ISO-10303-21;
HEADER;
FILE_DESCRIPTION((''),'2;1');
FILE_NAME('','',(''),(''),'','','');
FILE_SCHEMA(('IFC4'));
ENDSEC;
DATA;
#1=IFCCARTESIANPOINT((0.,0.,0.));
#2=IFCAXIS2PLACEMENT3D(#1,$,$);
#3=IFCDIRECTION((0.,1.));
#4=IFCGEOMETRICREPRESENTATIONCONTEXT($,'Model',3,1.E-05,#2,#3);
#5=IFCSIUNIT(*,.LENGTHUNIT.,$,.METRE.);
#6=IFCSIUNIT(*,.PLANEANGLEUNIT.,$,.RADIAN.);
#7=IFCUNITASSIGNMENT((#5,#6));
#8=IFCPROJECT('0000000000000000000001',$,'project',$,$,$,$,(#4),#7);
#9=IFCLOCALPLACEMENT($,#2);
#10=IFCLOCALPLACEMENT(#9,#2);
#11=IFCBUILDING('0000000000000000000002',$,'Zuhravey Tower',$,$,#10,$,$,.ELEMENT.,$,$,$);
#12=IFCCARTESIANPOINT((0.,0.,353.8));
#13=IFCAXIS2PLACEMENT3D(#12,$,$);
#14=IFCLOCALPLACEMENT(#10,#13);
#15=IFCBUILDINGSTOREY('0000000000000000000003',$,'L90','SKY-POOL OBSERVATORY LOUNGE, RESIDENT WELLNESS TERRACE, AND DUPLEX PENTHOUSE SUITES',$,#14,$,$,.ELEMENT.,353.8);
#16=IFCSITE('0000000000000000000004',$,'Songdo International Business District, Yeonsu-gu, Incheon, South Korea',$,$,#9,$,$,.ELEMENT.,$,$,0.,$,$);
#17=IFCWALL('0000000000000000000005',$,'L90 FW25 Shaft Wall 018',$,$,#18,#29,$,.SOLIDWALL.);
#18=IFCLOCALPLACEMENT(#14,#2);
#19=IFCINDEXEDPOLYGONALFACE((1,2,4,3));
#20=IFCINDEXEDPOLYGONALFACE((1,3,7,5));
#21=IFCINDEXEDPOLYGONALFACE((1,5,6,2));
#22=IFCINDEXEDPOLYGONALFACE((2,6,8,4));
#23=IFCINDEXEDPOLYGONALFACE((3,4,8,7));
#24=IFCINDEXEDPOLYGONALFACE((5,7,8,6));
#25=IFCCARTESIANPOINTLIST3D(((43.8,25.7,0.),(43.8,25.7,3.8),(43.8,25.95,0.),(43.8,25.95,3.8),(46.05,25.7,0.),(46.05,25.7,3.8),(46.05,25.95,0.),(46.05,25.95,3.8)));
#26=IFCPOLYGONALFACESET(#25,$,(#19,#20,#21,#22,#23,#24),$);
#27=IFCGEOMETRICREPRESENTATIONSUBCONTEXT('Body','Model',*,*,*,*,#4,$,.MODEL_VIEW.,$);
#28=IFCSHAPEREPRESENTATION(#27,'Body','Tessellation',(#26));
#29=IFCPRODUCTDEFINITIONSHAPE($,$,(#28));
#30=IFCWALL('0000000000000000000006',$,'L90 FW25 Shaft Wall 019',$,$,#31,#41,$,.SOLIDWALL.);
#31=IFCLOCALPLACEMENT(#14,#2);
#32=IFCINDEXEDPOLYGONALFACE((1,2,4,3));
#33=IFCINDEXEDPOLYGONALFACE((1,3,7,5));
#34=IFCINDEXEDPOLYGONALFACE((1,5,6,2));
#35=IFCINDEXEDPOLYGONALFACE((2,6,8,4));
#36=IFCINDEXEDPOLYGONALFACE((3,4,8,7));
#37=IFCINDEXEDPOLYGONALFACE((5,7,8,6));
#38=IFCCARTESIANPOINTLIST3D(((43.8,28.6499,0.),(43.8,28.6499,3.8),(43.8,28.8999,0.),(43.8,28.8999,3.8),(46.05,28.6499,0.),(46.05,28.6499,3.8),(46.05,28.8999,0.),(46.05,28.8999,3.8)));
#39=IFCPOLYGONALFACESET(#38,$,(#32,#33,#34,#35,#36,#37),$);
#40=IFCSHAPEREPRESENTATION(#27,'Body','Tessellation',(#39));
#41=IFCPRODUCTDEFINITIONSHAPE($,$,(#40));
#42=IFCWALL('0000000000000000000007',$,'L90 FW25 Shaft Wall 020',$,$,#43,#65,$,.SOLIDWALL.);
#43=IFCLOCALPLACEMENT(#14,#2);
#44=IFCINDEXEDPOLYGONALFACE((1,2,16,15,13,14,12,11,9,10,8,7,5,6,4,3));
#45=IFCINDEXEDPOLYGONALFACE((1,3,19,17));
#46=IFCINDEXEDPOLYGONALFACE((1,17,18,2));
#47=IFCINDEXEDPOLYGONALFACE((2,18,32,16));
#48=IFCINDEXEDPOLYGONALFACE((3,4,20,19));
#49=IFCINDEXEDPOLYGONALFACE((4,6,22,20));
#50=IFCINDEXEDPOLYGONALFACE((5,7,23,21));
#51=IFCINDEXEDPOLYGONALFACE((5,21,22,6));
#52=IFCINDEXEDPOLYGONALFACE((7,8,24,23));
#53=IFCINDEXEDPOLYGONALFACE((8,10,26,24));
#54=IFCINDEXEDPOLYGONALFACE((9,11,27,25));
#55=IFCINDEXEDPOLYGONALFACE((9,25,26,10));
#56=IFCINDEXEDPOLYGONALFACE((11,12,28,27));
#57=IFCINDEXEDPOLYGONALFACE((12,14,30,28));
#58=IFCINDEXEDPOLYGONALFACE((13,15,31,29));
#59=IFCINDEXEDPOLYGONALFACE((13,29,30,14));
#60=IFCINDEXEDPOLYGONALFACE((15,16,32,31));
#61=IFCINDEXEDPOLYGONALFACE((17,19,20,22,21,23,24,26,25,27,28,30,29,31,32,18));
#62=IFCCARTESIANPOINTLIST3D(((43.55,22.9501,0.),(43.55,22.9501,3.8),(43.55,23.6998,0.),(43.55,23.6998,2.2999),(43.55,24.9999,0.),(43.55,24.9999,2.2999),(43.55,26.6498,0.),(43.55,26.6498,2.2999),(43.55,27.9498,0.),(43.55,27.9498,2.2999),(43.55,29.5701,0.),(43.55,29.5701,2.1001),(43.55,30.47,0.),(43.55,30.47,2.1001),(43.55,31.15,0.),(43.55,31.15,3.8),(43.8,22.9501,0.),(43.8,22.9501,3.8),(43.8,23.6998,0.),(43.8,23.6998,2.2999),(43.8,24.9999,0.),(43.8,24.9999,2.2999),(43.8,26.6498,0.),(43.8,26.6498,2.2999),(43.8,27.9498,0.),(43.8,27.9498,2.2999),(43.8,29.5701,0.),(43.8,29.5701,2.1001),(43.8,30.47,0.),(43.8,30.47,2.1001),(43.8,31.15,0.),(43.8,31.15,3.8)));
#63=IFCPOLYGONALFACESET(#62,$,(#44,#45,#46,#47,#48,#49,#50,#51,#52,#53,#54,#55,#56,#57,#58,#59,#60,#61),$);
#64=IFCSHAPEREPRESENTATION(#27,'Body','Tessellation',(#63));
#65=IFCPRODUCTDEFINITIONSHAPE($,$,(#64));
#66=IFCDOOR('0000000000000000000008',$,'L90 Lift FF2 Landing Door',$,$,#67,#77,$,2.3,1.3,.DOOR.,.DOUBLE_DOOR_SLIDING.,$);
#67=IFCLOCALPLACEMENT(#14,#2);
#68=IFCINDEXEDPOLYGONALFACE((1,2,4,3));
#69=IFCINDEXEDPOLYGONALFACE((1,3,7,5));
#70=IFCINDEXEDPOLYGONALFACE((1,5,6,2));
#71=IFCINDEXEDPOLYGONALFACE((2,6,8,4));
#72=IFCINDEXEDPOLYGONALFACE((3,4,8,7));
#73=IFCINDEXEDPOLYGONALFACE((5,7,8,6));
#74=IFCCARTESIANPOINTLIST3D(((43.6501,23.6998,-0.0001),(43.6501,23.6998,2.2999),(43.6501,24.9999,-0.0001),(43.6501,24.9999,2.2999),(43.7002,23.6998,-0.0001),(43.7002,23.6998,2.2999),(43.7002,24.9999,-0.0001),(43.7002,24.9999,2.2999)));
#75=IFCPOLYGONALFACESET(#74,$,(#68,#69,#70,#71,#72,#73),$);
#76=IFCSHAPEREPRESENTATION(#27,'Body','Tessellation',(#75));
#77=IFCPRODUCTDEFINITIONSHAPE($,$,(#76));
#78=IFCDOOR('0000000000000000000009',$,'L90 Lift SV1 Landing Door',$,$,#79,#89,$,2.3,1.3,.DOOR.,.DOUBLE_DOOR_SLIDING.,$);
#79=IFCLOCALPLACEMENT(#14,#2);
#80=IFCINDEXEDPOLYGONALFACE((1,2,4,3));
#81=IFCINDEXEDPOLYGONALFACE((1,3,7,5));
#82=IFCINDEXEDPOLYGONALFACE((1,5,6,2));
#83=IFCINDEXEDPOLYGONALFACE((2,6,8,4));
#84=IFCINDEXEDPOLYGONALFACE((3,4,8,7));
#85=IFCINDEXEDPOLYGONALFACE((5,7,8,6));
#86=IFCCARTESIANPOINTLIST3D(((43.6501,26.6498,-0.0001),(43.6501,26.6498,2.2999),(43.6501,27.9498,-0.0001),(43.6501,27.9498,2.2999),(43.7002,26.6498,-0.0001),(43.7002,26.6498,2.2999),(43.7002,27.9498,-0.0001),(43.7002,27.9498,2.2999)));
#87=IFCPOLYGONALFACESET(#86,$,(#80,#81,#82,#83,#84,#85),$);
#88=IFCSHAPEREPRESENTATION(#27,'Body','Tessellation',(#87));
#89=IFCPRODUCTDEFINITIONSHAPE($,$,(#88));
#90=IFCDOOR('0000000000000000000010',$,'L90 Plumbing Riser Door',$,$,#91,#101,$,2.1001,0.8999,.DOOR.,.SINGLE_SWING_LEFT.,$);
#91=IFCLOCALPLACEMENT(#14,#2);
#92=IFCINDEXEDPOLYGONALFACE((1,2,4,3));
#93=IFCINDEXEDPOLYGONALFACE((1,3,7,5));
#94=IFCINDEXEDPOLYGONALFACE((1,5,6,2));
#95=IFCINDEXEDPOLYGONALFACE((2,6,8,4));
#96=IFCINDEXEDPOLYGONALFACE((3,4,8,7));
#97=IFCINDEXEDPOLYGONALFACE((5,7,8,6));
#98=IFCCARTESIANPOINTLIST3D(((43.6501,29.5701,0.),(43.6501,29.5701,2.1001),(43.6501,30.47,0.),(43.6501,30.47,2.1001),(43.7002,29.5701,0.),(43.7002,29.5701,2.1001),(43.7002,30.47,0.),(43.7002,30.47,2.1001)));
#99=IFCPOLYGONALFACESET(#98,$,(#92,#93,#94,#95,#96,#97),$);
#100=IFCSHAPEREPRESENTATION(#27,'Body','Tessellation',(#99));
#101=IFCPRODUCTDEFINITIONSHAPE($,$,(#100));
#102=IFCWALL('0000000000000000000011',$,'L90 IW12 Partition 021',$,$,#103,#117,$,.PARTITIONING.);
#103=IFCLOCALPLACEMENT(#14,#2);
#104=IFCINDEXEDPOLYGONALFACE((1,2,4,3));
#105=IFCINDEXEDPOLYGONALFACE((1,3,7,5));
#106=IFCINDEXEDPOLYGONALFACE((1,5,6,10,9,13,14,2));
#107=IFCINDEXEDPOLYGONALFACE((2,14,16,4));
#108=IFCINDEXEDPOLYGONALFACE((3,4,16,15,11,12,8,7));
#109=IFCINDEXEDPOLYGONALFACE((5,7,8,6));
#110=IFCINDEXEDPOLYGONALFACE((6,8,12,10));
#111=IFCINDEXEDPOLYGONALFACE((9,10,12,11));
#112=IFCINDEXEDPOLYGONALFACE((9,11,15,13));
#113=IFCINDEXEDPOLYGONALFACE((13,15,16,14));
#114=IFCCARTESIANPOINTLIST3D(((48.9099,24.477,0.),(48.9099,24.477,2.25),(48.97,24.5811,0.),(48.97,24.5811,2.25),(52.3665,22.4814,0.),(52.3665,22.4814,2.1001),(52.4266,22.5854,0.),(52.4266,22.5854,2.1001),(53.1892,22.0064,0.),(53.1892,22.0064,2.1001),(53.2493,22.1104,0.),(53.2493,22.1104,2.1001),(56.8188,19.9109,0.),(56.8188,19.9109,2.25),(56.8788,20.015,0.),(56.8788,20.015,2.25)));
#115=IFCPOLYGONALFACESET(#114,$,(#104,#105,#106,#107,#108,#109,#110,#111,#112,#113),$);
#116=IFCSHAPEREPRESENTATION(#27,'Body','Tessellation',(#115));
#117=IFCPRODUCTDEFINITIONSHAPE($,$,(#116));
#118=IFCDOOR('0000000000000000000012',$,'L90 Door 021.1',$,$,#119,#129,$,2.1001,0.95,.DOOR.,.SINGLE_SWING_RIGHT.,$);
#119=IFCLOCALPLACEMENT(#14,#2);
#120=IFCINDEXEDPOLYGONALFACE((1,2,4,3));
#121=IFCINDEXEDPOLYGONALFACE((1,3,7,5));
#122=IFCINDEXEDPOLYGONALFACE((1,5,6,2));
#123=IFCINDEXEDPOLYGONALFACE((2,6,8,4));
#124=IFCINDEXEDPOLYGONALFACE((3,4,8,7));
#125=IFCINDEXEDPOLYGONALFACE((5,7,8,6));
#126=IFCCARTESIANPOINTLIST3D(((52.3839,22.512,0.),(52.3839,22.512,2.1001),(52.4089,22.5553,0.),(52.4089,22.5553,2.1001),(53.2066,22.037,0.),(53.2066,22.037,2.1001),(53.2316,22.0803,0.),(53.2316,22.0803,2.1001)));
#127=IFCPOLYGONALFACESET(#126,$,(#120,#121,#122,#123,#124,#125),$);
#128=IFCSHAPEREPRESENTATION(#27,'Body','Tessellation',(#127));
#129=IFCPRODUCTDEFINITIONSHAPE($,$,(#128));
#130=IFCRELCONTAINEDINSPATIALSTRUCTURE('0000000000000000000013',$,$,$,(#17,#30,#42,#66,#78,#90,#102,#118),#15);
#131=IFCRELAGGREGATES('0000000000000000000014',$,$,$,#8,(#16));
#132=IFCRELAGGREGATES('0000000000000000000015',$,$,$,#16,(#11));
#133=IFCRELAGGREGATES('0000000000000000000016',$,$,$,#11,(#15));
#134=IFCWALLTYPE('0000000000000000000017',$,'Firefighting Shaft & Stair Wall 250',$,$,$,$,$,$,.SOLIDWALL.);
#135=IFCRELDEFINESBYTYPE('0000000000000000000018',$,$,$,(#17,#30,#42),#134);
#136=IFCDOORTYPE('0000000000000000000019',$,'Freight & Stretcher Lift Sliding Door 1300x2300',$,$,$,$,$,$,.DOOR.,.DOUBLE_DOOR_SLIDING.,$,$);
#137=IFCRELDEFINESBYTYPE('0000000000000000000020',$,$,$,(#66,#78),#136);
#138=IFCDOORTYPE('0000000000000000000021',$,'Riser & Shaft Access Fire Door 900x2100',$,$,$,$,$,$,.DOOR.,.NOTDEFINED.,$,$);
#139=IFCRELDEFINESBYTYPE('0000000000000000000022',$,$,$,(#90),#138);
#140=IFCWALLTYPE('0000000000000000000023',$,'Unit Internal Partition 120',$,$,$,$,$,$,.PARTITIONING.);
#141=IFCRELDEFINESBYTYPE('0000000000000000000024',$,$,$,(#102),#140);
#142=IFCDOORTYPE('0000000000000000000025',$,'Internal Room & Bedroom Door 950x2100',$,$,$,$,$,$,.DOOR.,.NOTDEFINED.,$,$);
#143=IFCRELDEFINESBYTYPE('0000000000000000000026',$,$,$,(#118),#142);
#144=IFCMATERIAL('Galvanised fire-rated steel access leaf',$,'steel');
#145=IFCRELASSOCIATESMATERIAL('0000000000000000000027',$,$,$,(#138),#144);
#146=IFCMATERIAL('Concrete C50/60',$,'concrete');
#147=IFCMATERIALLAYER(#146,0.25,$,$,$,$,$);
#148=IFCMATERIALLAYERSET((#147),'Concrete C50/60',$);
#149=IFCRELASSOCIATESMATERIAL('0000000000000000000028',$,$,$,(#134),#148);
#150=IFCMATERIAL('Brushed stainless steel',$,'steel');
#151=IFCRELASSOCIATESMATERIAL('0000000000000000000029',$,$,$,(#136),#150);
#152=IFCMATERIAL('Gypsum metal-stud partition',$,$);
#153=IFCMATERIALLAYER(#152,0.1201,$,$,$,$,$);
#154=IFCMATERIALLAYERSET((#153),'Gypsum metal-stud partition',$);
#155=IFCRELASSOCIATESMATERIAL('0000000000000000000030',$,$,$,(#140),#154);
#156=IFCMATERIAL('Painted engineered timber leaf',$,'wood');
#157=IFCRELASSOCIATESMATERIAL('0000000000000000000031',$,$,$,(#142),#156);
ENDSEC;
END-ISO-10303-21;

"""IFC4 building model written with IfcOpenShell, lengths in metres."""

from ifc_helpers import new_model, si_unit, direction, frame, frame_2d, origin, place, context, subcontext, project, spatial, rectangle, extrude, material, layer, layer_set, type_object, element, fill, save


model = new_model("IFC4")

# Units and contexts
model_context = context("Model", 3, precision=1e-05, world=origin(), true_north=direction((0.0, 1.0)))
body_context = subcontext(model_context, "Body", "Model", "MODEL_VIEW")
ifc_project = project(units=[si_unit("LENGTHUNIT", "METRE"), si_unit("PLANEANGLEUNIT", "RADIAN")], contexts=[model_context])

# Site, building, storey
site_placement = place(None, origin())
site = spatial("IfcSite", under=ifc_project, at=site_placement, Name="Songdo International Business District, Yeonsu-gu, Incheon, South Korea", CompositionType="ELEMENT", RefElevation=0.0)
building_placement = place(site_placement, origin())
building = spatial("IfcBuilding", under=site, at=building_placement, Name="Zuhravey Tower", CompositionType="ELEMENT")
storey_placement = place(building_placement, frame((0.0, 0.0, 353.8)))
storey = spatial("IfcBuildingStorey", under=building, at=storey_placement, Name="L90", Description="SKY-POOL OBSERVATORY LOUNGE, RESIDENT WELLNESS TERRACE, AND DUPLEX PENTHOUSE SUITES", CompositionType="ELEMENT", Elevation=353.8)

# Shared definitions
ifc_material_1 = material(Name="Concrete C50/60", Category="concrete")
ifc_material_2 = material(Name="Galvanised fire-rated steel access leaf", Category="steel")
door_type_1 = type_object("IfcDoorType", Name="Riser & Shaft Access Fire Door 900x2100", OperationType="NOTDEFINED", PredefinedType="DOOR", material=ifc_material_2)

# Walls
ifc_layer_1 = layer(ifc_material_1, 0.25)
ifc_layer_set_1 = layer_set([ifc_layer_1], Name="Concrete C50/60")
wall_type_1 = type_object("IfcWallType", Name="Firefighting Shaft & Stair Wall 250", PredefinedType="SOLIDWALL", material=ifc_layer_set_1)
for number, where, z_axis, x_axis, name in (
    (1, (43.8, 25.825, 0.0), (0.0, 0.0, 1.0), (1.0, 0.0, 0.0), "L90 FW25 Shaft Wall 018"),
    (2, (43.8, 28.7749, 0.0), (0.0, 0.0, 1.0), (1.0, 0.0, 0.0), "L90 FW25 Shaft Wall 019"),
):
    element("IfcWall", number, at=place(storey_placement, frame(where, z_axis=z_axis, x_axis=x_axis)), inside=storey, type_object=wall_type_1, Name=name, PredefinedType="SOLIDWALL", context=body_context, shape_type="SweptSolid", body=[
        extrude(rectangle(XDim=2.25, YDim=0.25, at=frame_2d((1.125, 0.0))), origin(), (0.0, 0.0, 1.0), 3.8),
    ])

# Wall, openings, doors
wall_1_placement = place(storey_placement, frame((43.675, 22.95, 0.0), z_axis=(0.0, 0.0, 1.0), x_axis=(0.0, 1.0, 0.0)))
wall_1 = element("IfcWall", 3, at=wall_1_placement, inside=storey, type_object=wall_type_1, Name="L90 FW25 Shaft Wall 020", PredefinedType="SOLIDWALL", context=body_context, shape_type="SweptSolid", body=[
    extrude(rectangle(XDim=8.2, YDim=0.25, at=frame_2d((4.1001, 0.0))), origin(), (0.0, 0.0, 1.0), 3.8),
])
opening_1_placement = place(wall_1_placement, frame((0.75, 0.0, 0.0)))
opening_1 = element("IfcOpeningElement", 4, at=opening_1_placement, cuts=wall_1, PredefinedType="OPENING", context=body_context, shape_type="SweptSolid", body=[
    extrude(rectangle(XDim=1.3, YDim=2.3, at=frame_2d((0.6499, 1.1499))), frame((0.0, 0.137, 0.0), z_axis=(0.0, -1.0, 0.0), x_axis=(1.0, 0.0, 0.0)), (0.0, 0.0, 1.0), 0.2739),
])
opening_2_placement = place(wall_1_placement, frame((3.7, 0.0, 0.0)))
opening_2 = element("IfcOpeningElement", 5, at=opening_2_placement, cuts=wall_1, PredefinedType="OPENING", context=body_context, shape_type="SweptSolid", body=[
    extrude(rectangle(XDim=1.3, YDim=2.3, at=frame_2d((0.6499, 1.1499))), frame((0.0, 0.137, 0.0), z_axis=(0.0, -1.0, 0.0), x_axis=(1.0, 0.0, 0.0)), (0.0, 0.0, 1.0), 0.2739),
])
opening_3_placement = place(wall_1_placement, frame((6.6201, 0.0, 0.0)))
opening_3 = element("IfcOpeningElement", 6, at=opening_3_placement, cuts=wall_1, PredefinedType="OPENING", context=body_context, shape_type="SweptSolid", body=[
    extrude(rectangle(XDim=0.8999, YDim=2.1001, at=frame_2d((0.45, 1.05))), frame((0.0, 0.137, 0.0), z_axis=(0.0, -1.0, 0.0), x_axis=(1.0, 0.0, 0.0)), (0.0, 0.0, 1.0), 0.2739),
])
ifc_material_3 = material(Name="Brushed stainless steel", Category="steel")
door_type_2 = type_object("IfcDoorType", Name="Freight & Stretcher Lift Sliding Door 1300x2300", OperationType="DOUBLE_DOOR_SLIDING", PredefinedType="DOOR", material=ifc_material_3)
door_1_placement = place(opening_1_placement, origin())
door_1 = element("IfcDoor", 7, at=door_1_placement, inside=storey, type_object=door_type_2, Name="L90 Lift FF2 Landing Door", OperationType="DOUBLE_DOOR_SLIDING", OverallHeight=2.3, OverallWidth=1.3, PredefinedType="DOOR", context=body_context, shape_type="SweptSolid", body=[
    extrude(rectangle(XDim=1.3, YDim=2.3, at=frame_2d((0.6499, 1.1499))), frame((0.0, 0.0249, 0.0), z_axis=(0.0, -1.0, 0.0), x_axis=(1.0, 0.0, 0.0)), (0.0, 0.0, 1.0), 0.05),
])
fill(opening_1, door_1)
door_2_placement = place(opening_2_placement, origin())
door_2 = element("IfcDoor", 8, at=door_2_placement, inside=storey, type_object=door_type_2, Name="L90 Lift SV1 Landing Door", OperationType="DOUBLE_DOOR_SLIDING", OverallHeight=2.3, OverallWidth=1.3, PredefinedType="DOOR", context=body_context, shape_type="SweptSolid", body=[
    extrude(rectangle(XDim=1.3, YDim=2.3, at=frame_2d((0.6499, 1.1499))), frame((0.0, 0.0249, 0.0), z_axis=(0.0, -1.0, 0.0), x_axis=(1.0, 0.0, 0.0)), (0.0, 0.0, 1.0), 0.05),
])
fill(opening_2, door_2)
door_3_placement = place(opening_3_placement, origin())
door_3 = element("IfcDoor", 9, at=door_3_placement, inside=storey, type_object=door_type_1, Name="L90 Plumbing Riser Door", OperationType="SINGLE_SWING_LEFT", OverallHeight=2.1001, OverallWidth=0.8999, PredefinedType="DOOR", context=body_context, shape_type="SweptSolid", body=[
    extrude(rectangle(XDim=0.8999, YDim=2.1001, at=frame_2d((0.45, 1.05))), frame((0.0, 0.0249, 0.0), z_axis=(0.0, -1.0, 0.0), x_axis=(1.0, 0.0, 0.0)), (0.0, 0.0, 1.0), 0.05),
])
fill(opening_3, door_3)

# Wall, opening, door
ifc_material_4 = material(Name="Gypsum metal-stud partition")
ifc_layer_2 = layer(ifc_material_4, 0.1201)
ifc_layer_set_2 = layer_set([ifc_layer_2], Name="Gypsum metal-stud partition")
wall_type_2 = type_object("IfcWallType", Name="Unit Internal Partition 120", PredefinedType="PARTITIONING", material=ifc_layer_set_2)
wall_2_placement = place(storey_placement, frame((48.9399, 24.5291, 0.0), z_axis=(0.0, 0.0, 1.0), x_axis=(0.866028, -0.499995, 0.0)))
wall_2 = element("IfcWall", 10, at=wall_2_placement, inside=storey, type_object=wall_type_2, Name="L90 IW12 Partition 021", PredefinedType="PARTITIONING", context=body_context, shape_type="SweptSolid", body=[
    extrude(rectangle(XDim=9.1323, YDim=0.1201, at=frame_2d((4.5662, 0.0))), origin(), (0.0, 0.0, 1.0), 2.25),
])
opening_4_placement = place(wall_2_placement, frame((3.9912, 0.0, 0.0)))
opening_4 = element("IfcOpeningElement", 11, at=opening_4_placement, cuts=wall_2, PredefinedType="OPENING", context=body_context, shape_type="SweptSolid", body=[
    extrude(rectangle(XDim=0.95, YDim=2.1001, at=frame_2d((0.4751, 1.05))), frame((0.0, 0.072, 0.0), z_axis=(0.0, -1.0, 0.0), x_axis=(1.0, 0.0, 0.0)), (0.0, 0.0, 1.0), 0.144),
])
ifc_material_5 = material(Name="Painted engineered timber leaf", Category="wood")
door_type_3 = type_object("IfcDoorType", Name="Internal Room & Bedroom Door 950x2100", OperationType="NOTDEFINED", PredefinedType="DOOR", material=ifc_material_5)
door_4_placement = place(opening_4_placement, frame((0.95, 0.0, 0.0), z_axis=(0.0, 0.0, 1.0), x_axis=(-1.0, 0.0, 0.0)))
door_4 = element("IfcDoor", 12, at=door_4_placement, inside=storey, type_object=door_type_3, Name="L90 Door 021.1", OperationType="SINGLE_SWING_RIGHT", OverallHeight=2.1001, OverallWidth=0.95, PredefinedType="DOOR", context=body_context, shape_type="SweptSolid", body=[
    extrude(rectangle(XDim=0.95, YDim=2.1001, at=frame_2d((0.4751, 1.05))), frame((0.0, 0.0249, 0.0), z_axis=(0.0, -1.0, 0.0), x_axis=(1.0, 0.0, 0.0)), (0.0, 0.0, 1.0), 0.05),
])
fill(opening_4, door_4)

save(model, "model.ifc")
